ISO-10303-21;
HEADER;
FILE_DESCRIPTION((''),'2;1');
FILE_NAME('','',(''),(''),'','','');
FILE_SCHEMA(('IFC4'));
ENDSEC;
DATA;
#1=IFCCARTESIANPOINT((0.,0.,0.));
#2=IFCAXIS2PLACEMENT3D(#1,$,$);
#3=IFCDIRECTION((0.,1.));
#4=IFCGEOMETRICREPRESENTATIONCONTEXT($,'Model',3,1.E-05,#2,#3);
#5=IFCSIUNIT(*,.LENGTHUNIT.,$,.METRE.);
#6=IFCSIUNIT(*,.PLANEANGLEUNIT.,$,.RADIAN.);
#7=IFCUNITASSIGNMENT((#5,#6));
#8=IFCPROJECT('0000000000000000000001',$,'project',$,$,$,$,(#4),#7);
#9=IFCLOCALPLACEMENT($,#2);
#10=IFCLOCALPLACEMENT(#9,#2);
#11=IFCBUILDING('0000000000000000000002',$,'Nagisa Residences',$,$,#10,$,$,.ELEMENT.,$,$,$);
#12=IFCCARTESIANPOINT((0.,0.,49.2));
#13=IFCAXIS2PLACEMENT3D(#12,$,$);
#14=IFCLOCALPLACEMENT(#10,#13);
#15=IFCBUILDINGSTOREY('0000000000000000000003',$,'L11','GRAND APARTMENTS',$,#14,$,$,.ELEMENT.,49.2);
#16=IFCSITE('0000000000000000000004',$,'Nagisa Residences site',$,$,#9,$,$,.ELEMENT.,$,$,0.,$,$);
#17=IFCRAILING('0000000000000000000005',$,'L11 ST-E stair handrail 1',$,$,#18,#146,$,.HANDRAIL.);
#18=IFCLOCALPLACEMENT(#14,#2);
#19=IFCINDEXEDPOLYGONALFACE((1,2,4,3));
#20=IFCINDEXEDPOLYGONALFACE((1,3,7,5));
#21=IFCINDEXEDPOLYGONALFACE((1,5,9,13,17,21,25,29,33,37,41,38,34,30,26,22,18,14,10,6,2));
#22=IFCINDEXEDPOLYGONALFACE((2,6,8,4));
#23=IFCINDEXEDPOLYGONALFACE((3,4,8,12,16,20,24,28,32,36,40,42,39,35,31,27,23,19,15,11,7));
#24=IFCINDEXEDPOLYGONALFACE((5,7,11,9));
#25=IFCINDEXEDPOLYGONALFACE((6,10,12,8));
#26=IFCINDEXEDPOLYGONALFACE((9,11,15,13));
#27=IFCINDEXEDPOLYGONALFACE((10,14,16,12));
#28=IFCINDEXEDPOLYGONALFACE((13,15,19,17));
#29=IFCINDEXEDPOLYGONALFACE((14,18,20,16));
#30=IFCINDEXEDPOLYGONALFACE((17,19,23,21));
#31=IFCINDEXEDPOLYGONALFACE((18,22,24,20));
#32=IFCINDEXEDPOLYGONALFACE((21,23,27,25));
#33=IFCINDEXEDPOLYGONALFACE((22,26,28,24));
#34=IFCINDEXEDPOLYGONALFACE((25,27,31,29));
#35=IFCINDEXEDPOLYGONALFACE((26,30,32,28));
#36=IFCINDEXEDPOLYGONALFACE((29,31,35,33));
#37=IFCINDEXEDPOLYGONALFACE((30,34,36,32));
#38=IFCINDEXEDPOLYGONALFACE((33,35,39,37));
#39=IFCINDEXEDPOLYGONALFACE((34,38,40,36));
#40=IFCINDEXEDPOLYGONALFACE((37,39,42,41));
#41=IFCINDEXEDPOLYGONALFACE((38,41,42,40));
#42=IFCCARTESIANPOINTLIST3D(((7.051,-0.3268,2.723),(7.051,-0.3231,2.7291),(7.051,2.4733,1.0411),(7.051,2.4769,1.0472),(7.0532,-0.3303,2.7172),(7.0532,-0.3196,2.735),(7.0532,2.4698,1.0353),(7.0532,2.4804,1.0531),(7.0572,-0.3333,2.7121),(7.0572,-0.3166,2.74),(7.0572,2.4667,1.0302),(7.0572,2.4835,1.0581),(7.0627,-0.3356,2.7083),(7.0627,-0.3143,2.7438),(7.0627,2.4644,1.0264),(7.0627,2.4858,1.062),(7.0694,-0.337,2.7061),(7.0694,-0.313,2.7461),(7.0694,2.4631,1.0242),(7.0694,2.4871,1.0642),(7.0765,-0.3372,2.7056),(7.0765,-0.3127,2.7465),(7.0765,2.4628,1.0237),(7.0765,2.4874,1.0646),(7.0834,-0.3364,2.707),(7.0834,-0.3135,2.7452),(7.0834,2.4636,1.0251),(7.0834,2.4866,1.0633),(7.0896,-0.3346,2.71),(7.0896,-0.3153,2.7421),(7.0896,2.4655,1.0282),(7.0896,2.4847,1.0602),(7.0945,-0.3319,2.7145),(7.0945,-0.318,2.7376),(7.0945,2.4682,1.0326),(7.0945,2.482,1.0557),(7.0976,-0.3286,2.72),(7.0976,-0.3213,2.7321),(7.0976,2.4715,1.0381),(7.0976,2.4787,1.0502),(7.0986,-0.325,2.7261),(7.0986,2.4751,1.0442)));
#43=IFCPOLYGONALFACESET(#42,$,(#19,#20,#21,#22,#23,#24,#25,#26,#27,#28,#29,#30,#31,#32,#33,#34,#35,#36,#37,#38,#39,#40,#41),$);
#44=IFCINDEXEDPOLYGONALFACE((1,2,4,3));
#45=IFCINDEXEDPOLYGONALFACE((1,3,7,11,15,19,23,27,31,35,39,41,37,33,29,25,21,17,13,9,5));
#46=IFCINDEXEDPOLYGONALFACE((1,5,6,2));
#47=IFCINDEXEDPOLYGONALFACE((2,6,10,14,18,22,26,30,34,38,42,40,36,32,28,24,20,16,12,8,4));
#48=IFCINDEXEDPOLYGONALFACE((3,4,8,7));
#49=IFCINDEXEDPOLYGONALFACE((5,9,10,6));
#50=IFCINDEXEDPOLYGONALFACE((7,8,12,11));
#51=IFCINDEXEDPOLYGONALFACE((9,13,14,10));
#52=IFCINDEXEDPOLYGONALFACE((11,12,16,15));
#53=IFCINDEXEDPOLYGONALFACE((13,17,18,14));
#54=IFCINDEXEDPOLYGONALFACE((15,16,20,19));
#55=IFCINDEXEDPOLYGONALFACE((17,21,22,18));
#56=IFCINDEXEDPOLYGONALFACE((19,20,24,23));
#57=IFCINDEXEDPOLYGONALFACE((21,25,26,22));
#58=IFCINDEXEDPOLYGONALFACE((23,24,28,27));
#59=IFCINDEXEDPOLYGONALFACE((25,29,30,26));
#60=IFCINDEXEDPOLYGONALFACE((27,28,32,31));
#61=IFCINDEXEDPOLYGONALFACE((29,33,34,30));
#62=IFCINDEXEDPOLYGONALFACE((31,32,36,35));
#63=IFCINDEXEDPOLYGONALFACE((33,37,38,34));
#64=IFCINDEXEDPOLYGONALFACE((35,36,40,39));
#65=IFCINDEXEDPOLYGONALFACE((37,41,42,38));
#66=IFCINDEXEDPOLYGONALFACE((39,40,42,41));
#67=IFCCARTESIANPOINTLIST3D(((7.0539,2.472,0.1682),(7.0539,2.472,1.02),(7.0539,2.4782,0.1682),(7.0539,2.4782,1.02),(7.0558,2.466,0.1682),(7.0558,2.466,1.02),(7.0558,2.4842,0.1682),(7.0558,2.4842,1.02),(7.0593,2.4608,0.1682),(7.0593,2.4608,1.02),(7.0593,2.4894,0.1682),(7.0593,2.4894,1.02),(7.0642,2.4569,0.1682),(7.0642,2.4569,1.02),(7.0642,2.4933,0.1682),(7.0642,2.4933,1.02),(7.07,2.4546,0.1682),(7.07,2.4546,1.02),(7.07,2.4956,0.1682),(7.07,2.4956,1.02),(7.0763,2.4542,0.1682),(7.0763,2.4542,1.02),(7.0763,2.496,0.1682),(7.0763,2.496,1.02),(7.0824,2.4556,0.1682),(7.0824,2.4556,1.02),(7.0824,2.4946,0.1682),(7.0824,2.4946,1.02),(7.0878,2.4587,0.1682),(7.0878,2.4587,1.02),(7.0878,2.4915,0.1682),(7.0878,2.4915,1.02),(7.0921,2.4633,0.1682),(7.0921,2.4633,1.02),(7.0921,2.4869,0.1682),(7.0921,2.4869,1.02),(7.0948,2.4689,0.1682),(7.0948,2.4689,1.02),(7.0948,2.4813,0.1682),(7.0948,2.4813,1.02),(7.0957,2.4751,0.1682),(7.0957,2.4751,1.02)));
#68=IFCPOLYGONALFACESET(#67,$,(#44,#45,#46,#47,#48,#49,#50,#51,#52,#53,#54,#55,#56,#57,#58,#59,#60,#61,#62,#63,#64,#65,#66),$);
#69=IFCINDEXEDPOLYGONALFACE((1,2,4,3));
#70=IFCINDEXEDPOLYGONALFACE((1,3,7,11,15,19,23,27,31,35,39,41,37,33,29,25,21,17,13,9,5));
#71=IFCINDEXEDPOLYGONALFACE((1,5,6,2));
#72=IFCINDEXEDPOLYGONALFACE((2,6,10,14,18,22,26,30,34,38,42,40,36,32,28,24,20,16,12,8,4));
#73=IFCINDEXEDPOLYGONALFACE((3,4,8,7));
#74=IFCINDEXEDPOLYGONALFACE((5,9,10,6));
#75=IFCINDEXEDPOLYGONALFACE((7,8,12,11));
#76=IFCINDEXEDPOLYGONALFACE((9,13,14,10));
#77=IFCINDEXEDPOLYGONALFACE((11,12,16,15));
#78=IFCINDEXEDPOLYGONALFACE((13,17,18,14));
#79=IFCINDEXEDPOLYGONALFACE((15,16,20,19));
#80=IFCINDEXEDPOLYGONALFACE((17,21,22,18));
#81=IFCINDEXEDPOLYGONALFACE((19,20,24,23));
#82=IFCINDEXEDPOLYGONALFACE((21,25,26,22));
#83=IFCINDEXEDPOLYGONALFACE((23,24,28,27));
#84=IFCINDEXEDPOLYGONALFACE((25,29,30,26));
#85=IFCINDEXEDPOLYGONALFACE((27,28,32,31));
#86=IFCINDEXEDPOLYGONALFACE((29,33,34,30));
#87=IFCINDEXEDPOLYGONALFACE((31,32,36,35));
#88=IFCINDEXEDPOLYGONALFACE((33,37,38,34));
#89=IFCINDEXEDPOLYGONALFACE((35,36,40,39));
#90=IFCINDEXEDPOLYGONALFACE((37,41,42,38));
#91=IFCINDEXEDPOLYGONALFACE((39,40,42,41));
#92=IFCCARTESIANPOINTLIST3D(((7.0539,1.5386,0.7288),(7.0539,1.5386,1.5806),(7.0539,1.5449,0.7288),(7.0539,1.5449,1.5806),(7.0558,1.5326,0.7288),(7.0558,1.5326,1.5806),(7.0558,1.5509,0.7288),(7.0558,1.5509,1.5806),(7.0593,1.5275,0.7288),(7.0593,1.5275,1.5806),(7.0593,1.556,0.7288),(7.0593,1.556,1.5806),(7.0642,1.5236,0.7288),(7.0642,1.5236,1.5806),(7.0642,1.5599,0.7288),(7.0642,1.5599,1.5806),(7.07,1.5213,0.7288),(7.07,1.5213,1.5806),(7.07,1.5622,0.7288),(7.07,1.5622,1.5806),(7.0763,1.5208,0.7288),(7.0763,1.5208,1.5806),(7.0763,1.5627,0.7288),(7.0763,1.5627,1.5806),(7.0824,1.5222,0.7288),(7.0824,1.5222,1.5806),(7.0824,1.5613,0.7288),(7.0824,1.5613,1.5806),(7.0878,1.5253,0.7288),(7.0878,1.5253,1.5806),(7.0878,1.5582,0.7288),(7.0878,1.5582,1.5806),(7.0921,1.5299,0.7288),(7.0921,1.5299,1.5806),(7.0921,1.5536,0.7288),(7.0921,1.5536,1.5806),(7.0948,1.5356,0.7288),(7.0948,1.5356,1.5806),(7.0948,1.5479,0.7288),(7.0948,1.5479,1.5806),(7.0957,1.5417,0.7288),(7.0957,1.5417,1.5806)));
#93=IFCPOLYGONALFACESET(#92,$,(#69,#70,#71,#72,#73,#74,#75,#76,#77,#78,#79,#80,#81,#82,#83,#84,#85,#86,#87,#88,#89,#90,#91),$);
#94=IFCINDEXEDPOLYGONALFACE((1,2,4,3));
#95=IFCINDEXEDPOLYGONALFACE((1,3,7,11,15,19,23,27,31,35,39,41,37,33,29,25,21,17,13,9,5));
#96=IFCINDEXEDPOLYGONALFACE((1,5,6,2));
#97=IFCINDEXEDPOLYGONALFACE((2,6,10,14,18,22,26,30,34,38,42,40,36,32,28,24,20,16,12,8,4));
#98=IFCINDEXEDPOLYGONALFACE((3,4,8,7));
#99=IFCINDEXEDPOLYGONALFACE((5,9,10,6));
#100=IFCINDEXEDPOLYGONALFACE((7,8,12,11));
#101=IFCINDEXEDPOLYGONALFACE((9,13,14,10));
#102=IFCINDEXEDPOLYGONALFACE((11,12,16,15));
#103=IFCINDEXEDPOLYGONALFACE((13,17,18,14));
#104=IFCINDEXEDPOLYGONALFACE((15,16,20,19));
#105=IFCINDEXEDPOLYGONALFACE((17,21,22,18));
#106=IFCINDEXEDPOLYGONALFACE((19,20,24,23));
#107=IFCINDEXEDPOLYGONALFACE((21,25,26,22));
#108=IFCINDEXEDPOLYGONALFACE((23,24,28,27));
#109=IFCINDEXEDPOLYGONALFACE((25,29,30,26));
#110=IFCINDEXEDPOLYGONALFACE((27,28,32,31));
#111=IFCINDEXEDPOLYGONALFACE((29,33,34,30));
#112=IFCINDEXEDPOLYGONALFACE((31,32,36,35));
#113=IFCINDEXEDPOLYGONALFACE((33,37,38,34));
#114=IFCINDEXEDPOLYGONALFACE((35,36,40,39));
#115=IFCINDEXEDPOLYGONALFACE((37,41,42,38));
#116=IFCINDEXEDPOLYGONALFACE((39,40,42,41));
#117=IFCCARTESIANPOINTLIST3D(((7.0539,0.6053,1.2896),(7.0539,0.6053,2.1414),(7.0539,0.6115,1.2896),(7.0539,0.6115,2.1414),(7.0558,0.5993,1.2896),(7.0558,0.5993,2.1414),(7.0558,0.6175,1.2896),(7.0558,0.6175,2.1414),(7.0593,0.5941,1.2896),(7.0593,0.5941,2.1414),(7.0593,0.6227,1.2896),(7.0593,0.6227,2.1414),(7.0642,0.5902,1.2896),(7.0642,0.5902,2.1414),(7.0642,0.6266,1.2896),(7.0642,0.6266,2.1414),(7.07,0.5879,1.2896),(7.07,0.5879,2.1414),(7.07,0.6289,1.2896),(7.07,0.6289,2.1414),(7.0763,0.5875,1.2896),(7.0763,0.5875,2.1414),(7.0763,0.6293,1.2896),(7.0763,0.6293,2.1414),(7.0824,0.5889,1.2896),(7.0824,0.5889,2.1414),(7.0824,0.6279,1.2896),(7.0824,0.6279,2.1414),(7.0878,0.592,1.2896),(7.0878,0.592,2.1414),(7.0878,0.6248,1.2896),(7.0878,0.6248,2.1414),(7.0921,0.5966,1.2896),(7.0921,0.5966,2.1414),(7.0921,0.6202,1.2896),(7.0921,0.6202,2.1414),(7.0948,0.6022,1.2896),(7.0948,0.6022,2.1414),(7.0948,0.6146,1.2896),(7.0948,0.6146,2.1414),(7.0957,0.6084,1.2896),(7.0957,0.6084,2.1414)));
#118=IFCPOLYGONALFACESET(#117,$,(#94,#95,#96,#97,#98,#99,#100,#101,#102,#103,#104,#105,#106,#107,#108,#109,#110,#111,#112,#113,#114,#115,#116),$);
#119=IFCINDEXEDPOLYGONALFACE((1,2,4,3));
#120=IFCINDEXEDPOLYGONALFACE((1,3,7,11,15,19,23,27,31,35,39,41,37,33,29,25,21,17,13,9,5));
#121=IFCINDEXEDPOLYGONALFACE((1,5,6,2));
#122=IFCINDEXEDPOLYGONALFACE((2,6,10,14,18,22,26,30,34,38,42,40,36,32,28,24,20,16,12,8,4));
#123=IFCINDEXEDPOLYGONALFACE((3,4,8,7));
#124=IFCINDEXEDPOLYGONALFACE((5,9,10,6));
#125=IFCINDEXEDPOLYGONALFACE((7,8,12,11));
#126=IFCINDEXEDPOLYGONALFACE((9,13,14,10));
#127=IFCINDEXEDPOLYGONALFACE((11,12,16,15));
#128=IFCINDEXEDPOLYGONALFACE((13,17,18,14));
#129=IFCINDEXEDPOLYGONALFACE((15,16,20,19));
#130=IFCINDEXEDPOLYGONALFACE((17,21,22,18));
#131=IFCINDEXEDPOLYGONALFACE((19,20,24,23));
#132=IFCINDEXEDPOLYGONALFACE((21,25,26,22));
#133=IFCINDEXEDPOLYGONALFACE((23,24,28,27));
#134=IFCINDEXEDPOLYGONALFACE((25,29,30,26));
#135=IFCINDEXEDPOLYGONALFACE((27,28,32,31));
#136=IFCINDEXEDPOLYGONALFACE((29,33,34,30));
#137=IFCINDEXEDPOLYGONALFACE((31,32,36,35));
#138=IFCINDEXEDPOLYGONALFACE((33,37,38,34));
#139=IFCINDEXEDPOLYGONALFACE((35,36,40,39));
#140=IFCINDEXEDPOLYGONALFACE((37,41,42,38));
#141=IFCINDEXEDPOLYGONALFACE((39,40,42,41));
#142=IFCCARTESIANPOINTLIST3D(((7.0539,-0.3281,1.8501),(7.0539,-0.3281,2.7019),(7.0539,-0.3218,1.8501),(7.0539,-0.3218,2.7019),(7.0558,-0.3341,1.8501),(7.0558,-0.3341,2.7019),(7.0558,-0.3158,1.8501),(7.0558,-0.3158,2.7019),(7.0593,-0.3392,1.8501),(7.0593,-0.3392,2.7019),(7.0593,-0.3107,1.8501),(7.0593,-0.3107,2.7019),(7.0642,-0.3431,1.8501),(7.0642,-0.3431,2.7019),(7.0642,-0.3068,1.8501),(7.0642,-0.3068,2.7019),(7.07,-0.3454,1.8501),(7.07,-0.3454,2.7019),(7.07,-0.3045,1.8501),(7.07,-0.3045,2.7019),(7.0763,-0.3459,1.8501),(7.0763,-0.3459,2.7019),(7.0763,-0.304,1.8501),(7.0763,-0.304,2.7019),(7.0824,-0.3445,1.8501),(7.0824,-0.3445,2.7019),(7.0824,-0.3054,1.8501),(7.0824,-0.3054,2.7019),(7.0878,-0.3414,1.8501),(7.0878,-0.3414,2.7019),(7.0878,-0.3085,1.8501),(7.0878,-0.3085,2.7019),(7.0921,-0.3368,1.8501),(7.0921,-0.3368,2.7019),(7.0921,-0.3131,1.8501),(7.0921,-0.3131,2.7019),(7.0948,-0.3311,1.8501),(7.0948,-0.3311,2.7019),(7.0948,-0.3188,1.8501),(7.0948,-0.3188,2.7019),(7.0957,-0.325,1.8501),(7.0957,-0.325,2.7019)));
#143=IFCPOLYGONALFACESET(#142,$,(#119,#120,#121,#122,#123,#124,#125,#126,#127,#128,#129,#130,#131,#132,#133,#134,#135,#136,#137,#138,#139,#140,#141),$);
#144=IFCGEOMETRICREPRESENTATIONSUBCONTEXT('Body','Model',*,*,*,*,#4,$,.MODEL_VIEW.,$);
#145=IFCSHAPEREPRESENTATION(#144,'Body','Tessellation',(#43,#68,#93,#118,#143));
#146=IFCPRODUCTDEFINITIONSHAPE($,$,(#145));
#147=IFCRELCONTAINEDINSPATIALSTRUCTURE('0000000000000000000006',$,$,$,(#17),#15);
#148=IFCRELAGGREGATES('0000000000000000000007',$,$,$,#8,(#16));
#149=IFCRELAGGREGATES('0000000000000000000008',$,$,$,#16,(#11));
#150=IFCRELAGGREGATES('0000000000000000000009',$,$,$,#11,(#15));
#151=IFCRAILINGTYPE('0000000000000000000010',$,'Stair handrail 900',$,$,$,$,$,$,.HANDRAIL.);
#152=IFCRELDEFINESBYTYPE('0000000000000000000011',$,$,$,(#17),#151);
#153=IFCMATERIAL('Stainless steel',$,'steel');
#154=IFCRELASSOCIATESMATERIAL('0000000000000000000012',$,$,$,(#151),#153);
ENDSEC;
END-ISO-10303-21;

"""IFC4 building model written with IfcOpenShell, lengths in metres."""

from ifc_helpers import new_model, si_unit, direction, frame, origin, origin_2d, place, context, subcontext, project, spatial, circle, extrude, material, type_object, element, save


model = new_model("IFC4")

# Units and contexts
model_context = context("Model", 3, precision=1e-05, world=origin(), true_north=direction((0.0, 1.0)))
body_context = subcontext(model_context, "Body", "Model", "MODEL_VIEW")
ifc_project = project(units=[si_unit("LENGTHUNIT", "METRE"), si_unit("PLANEANGLEUNIT", "RADIAN")], contexts=[model_context])

# Site, building, storey
site_placement = place(None, origin())
site = spatial("IfcSite", under=ifc_project, at=site_placement, Name="Nagisa Residences site", CompositionType="ELEMENT", RefElevation=0.0)
building_placement = place(site_placement, origin())
building = spatial("IfcBuilding", under=site, at=building_placement, Name="Nagisa Residences", CompositionType="ELEMENT")
storey_placement = place(building_placement, frame((0.0, 0.0, 49.2)))
storey = spatial("IfcBuildingStorey", under=building, at=storey_placement, Name="L11", Description="GRAND APARTMENTS", CompositionType="ELEMENT", Elevation=49.2)

# Railing
ifc_material_1 = material(Name="Stainless steel", Category="steel")
railing_type_1 = type_object("IfcRailingType", Name="Stair handrail 900", PredefinedType="HANDRAIL", material=ifc_material_1)
railing_1_placement = place(storey_placement, frame((7.0747, 2.4751, 0.1682)))
element("IfcRailing", 1, at=railing_1_placement, inside=storey, type_object=railing_type_1, Name="L11 ST-E stair handrail 1", PredefinedType="HANDRAIL", context=body_context, shape_type="SweptSolid", body=[
    extrude(circle(Radius=0.0239, at=origin_2d()), frame((0.0, 0.0, 0.876), z_axis=(0.0, -0.857242, 0.514913), x_axis=(1.0, 0.0, 0.0)), (0.0, 0.0, 1.0), 3.2664),
    extrude(circle(Radius=0.021, at=origin_2d()), origin(), (0.0, 0.0, 1.0), 0.8518),
    extrude(circle(Radius=0.021, at=origin_2d()), frame((0.0, -0.9333, 0.5605)), (0.0, 0.0, 1.0), 0.8518),
    extrude(circle(Radius=0.021, at=origin_2d()), frame((0.0, -1.8667, 1.1213)), (0.0, 0.0, 1.0), 0.8518),
    extrude(circle(Radius=0.021, at=origin_2d()), frame((0.0, -2.8, 1.6819)), (0.0, 0.0, 1.0), 0.8518),
])

save(model, "model.ifc")
